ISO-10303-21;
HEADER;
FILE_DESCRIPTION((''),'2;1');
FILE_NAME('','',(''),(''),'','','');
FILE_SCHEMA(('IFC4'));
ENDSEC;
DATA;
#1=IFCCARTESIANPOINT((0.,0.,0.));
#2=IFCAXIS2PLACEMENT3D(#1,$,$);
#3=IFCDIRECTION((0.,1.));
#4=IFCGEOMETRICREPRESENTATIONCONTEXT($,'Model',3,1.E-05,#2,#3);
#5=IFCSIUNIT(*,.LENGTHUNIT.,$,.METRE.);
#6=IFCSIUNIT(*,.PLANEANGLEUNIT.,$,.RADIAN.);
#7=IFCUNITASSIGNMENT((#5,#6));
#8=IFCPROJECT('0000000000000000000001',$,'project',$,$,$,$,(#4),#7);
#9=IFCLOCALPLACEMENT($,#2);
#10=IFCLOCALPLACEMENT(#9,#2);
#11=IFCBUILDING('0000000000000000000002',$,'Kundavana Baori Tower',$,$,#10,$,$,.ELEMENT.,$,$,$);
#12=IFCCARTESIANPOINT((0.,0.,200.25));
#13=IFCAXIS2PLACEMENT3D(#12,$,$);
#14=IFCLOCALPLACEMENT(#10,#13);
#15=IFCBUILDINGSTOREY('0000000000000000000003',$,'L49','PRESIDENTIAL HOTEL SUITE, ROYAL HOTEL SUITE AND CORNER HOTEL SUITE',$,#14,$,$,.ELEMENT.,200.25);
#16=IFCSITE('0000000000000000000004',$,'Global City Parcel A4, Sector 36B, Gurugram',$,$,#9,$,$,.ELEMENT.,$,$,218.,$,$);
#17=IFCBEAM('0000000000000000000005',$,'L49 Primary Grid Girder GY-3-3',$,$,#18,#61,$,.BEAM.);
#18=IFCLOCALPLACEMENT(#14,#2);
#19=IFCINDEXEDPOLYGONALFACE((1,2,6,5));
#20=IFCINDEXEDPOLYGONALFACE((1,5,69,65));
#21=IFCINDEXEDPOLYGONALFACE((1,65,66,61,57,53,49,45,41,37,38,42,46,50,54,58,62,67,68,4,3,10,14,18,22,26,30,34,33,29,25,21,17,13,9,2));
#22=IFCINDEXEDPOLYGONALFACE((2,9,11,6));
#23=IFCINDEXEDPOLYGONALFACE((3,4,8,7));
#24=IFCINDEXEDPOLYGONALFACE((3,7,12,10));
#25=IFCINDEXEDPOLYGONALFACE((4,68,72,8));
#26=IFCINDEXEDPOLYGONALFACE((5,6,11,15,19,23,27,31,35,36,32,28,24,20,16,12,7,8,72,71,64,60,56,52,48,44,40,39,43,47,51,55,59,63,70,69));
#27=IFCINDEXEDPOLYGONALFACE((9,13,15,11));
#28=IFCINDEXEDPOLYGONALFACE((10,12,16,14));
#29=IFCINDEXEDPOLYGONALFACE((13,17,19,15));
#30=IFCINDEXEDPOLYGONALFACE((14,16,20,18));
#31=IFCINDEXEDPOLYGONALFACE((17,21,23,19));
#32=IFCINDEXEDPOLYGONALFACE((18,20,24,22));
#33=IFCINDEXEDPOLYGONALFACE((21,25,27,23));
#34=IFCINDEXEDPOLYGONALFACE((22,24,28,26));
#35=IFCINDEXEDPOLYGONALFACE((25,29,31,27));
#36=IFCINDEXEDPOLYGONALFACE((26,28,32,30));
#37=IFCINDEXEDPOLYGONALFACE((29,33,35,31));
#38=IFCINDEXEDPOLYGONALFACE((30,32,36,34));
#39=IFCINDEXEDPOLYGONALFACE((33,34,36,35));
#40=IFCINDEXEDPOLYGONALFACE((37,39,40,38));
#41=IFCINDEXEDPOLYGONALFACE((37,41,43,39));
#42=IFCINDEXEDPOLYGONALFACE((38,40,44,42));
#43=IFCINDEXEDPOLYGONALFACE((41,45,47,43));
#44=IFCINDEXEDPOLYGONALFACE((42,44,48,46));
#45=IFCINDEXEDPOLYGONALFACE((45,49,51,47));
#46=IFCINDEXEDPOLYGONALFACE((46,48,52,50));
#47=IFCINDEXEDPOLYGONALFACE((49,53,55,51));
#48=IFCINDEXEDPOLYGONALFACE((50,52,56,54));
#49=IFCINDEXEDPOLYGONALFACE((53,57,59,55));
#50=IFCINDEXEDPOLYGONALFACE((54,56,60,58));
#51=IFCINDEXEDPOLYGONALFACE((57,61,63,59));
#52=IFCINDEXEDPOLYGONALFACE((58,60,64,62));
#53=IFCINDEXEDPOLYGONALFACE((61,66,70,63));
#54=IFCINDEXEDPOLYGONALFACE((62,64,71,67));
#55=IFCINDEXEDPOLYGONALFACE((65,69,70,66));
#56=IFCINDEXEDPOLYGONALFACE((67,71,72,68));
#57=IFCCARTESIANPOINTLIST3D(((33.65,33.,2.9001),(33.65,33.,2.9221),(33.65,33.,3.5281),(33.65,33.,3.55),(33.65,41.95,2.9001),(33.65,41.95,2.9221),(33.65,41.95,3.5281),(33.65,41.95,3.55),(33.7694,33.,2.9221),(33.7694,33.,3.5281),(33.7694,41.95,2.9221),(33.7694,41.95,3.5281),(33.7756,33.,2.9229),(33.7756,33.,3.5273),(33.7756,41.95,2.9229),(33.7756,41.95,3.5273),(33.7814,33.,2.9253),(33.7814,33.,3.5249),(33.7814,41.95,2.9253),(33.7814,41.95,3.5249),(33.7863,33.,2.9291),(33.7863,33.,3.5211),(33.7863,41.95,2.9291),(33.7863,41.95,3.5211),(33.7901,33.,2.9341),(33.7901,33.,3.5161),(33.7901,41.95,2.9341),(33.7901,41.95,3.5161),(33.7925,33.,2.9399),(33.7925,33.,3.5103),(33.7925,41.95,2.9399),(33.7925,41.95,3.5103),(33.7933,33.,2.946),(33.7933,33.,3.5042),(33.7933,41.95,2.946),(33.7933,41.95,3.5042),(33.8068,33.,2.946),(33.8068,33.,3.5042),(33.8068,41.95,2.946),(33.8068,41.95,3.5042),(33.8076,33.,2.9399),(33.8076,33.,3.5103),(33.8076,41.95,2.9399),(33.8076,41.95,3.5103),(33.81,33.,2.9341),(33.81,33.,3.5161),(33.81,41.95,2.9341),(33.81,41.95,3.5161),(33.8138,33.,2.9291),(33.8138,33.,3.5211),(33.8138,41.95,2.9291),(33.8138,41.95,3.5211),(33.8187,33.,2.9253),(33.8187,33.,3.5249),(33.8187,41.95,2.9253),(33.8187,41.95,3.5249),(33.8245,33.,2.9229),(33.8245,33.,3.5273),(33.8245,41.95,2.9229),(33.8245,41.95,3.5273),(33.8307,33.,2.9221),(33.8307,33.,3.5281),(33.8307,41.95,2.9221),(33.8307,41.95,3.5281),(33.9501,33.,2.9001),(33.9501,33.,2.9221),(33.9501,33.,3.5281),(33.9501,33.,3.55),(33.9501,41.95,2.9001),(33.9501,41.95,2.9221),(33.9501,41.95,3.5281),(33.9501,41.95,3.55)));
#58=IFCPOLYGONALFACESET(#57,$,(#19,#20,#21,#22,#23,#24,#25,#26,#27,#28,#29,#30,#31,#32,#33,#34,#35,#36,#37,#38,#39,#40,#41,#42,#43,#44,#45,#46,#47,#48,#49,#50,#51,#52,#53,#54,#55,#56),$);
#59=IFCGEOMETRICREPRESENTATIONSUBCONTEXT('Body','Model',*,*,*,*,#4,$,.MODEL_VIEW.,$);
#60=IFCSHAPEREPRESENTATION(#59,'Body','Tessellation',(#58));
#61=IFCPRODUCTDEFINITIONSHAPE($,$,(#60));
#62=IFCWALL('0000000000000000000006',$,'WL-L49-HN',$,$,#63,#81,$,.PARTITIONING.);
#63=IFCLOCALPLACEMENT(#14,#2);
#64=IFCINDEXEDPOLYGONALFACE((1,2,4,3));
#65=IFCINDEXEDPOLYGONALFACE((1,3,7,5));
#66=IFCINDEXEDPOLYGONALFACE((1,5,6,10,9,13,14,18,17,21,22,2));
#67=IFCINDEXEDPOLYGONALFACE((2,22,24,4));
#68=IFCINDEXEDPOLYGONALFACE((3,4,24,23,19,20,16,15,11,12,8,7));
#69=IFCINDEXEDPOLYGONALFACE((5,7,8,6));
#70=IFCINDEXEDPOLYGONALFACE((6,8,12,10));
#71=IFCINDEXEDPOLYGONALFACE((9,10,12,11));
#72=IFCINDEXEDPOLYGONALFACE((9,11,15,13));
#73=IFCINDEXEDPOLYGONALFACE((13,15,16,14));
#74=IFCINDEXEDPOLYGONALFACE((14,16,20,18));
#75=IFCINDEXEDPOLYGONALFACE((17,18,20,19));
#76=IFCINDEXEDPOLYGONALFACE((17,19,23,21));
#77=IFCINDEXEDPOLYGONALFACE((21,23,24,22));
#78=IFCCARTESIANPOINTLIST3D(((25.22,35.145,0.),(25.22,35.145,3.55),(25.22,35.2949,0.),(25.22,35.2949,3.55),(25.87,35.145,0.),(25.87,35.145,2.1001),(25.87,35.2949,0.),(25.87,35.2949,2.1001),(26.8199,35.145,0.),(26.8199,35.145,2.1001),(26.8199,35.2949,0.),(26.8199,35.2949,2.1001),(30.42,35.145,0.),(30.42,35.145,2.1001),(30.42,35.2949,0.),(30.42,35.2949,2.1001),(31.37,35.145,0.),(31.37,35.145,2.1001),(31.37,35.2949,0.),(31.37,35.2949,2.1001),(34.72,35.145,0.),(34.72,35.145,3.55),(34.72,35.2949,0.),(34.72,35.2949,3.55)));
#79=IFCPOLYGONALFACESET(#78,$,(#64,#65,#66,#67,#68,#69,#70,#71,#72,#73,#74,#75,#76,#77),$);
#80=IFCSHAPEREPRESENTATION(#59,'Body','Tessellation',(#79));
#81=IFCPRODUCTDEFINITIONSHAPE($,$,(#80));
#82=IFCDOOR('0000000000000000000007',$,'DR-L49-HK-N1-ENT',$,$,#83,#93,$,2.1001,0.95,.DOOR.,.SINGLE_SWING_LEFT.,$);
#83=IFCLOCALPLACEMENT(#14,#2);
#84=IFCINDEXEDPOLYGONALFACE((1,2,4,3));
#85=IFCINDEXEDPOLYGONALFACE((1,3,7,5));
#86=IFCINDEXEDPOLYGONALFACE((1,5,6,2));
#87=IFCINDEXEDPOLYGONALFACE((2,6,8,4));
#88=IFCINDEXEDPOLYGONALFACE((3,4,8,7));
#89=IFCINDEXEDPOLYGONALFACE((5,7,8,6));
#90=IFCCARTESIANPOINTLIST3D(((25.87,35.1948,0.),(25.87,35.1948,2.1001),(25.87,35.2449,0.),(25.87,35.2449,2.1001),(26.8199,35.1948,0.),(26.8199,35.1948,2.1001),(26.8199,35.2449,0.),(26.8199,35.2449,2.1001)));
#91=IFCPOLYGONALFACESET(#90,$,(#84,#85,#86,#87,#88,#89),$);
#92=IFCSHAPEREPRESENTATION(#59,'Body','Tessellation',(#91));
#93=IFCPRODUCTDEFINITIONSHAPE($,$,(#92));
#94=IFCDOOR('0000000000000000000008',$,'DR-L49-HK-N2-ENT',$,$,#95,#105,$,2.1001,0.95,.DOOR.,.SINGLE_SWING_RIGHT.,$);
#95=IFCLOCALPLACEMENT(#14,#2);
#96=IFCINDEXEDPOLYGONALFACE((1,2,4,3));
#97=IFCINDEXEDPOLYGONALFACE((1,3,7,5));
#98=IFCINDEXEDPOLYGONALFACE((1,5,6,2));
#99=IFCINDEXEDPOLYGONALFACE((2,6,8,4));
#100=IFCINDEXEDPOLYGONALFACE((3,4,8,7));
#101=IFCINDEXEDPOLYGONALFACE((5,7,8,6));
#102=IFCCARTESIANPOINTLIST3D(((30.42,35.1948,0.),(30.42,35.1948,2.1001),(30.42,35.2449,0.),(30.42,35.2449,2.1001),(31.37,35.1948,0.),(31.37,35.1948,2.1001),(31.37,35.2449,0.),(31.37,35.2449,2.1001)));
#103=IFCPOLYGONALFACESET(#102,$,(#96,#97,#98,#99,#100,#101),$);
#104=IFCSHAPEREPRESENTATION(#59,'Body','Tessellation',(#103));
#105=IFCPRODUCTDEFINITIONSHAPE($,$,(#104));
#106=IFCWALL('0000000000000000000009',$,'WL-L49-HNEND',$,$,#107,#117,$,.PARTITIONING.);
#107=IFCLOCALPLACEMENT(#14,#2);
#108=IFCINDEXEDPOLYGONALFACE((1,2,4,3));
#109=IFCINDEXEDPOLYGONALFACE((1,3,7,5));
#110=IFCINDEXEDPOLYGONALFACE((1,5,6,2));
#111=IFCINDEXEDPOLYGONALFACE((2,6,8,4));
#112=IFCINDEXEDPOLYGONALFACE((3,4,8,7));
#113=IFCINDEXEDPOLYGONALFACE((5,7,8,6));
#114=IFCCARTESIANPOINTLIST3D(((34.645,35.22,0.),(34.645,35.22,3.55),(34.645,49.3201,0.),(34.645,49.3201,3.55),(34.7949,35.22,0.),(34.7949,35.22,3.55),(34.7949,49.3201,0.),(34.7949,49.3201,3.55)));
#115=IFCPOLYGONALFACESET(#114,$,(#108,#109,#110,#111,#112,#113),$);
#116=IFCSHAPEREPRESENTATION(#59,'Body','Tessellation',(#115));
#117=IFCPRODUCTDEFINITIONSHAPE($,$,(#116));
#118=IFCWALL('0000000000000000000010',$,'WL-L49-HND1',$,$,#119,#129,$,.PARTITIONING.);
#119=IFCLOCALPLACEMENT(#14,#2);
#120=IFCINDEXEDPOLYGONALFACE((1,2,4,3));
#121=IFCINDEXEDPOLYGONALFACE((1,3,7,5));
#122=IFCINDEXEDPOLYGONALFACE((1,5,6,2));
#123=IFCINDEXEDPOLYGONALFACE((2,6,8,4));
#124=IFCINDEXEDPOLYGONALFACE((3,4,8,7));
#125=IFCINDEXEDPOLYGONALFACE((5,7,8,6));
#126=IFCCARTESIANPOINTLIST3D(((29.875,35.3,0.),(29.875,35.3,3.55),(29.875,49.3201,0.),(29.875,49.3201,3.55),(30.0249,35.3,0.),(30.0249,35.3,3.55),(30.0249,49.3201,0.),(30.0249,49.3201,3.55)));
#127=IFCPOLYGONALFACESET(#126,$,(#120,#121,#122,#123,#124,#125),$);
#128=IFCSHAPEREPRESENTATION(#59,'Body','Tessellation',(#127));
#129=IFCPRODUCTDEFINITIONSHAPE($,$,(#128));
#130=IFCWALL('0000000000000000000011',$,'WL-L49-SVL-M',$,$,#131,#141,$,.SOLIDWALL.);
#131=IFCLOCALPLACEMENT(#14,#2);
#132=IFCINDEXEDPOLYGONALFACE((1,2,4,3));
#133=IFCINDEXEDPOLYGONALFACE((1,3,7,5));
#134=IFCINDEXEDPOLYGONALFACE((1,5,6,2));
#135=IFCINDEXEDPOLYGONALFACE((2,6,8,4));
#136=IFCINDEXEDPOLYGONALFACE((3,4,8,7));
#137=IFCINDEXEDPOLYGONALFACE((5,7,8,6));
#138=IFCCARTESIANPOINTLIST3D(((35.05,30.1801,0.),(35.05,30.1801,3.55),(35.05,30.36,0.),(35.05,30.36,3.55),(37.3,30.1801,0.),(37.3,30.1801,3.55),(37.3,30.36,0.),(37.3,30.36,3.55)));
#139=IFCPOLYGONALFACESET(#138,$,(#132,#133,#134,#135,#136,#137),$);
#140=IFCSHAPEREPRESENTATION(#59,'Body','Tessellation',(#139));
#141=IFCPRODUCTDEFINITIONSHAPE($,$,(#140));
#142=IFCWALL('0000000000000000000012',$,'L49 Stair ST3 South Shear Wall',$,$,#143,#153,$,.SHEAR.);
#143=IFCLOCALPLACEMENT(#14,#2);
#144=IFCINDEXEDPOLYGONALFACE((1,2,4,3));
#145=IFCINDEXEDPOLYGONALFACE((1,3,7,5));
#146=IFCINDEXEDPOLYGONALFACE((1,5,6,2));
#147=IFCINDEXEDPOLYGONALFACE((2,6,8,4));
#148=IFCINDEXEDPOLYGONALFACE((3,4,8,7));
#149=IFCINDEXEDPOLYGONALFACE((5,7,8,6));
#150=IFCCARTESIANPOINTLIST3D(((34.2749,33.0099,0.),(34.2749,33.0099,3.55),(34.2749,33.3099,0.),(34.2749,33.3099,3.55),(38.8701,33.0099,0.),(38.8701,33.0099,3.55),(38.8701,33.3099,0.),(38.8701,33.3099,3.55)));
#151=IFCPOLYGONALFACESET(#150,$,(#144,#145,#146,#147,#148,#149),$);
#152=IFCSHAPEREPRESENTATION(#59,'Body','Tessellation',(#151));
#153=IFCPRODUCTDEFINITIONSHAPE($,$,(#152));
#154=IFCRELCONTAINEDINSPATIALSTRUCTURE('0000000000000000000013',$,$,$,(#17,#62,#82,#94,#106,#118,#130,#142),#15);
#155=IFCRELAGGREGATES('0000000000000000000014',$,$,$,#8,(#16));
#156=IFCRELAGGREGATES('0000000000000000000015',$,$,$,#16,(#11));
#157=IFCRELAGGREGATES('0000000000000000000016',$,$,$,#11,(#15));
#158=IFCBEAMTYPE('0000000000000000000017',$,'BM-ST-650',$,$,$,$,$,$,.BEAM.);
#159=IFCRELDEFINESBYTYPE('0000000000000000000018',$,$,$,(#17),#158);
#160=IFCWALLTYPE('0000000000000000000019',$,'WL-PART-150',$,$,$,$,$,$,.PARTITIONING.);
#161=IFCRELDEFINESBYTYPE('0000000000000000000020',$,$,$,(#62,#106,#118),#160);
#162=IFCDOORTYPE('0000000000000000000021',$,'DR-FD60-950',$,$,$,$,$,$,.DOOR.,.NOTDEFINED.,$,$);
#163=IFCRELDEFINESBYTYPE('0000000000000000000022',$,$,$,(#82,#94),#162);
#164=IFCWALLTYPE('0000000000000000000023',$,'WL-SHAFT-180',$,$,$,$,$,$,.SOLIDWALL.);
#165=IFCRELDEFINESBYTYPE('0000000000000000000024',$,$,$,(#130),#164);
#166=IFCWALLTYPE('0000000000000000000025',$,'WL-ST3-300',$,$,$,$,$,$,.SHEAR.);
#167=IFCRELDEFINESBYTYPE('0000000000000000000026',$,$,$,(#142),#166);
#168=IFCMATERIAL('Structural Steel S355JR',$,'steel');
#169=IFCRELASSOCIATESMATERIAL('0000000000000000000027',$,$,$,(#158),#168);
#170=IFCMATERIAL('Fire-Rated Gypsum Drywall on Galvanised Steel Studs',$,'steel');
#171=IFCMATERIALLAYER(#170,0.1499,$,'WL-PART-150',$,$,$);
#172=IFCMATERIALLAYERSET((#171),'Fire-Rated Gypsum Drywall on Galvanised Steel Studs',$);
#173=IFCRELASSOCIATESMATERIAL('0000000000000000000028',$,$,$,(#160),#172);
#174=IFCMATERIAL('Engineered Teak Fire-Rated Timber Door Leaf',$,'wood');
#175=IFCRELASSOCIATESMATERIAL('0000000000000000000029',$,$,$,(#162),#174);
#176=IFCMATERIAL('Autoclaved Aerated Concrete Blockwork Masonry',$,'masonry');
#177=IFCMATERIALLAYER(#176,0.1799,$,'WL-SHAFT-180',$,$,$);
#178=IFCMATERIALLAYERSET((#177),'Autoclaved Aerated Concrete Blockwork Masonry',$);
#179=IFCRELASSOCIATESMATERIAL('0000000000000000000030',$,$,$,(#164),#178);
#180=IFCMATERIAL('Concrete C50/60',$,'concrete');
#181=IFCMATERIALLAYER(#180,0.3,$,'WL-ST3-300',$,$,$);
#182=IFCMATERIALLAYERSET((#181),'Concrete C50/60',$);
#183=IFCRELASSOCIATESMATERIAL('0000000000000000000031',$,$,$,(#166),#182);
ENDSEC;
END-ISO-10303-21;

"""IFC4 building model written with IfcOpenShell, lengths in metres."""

from ifc_helpers import new_model, si_unit, direction, frame, frame_2d, origin, origin_2d, place, context, subcontext, project, spatial, rectangle, i_section, extrude, material, layer, layer_set, material_profile, profile_set, type_object, element, fill, save


model = new_model("IFC4")

# Units and contexts
model_context = context("Model", 3, precision=1e-05, world=origin(), true_north=direction((0.0, 1.0)))
body_context = subcontext(model_context, "Body", "Model", "MODEL_VIEW")
ifc_project = project(units=[si_unit("LENGTHUNIT", "METRE"), si_unit("PLANEANGLEUNIT", "RADIAN")], contexts=[model_context])

# Site, building, storey
site_placement = place(None, origin())
site = spatial("IfcSite", under=ifc_project, at=site_placement, Name="Global City Parcel A4, Sector 36B, Gurugram", CompositionType="ELEMENT", RefElevation=218.0)
building_placement = place(site_placement, origin())
building = spatial("IfcBuilding", under=site, at=building_placement, Name="Kundavana Baori Tower", CompositionType="ELEMENT")
storey_placement = place(building_placement, frame((0.0, 0.0, 200.25)))
storey = spatial("IfcBuildingStorey", under=building, at=storey_placement, Name="L49", Description="PRESIDENTIAL HOTEL SUITE, ROYAL HOTEL SUITE AND CORNER HOTEL SUITE", CompositionType="ELEMENT", Elevation=200.25)

# Beam
ifc_material_1 = material(Name="Structural Steel S355JR", Category="steel")
ifc_material_profile_1 = material_profile(ifc_material_1, i_section(OverallWidth=0.3, OverallDepth=0.6499, WebThickness=0.0134, FlangeThickness=0.022, FilletRadius=0.0239, at=origin_2d()), Name="NPB 650x300x155")
ifc_profile_set_1 = profile_set([ifc_material_profile_1], Name="Structural Steel S355JR")
beam_type_1 = type_object("IfcBeamType", Name="BM-ST-650", PredefinedType="BEAM", material=ifc_profile_set_1)
beam_1_placement = place(storey_placement, frame((33.8, 33.0, 3.2251), z_axis=(0.0, 1.0, 0.0), x_axis=(-1.0, 0.0, 0.0)))
element("IfcBeam", 1, at=beam_1_placement, inside=storey, type_object=beam_type_1, Name="L49 Primary Grid Girder GY-3-3", PredefinedType="BEAM", context=body_context, shape_type="SweptSolid", body=[
    extrude(i_section(OverallWidth=0.3, OverallDepth=0.6499, WebThickness=0.0134, FlangeThickness=0.022, FilletRadius=0.0239, at=origin_2d()), origin(), (0.0, 0.0, 1.0), 8.95),
])

# Wall, openings, doors
ifc_material_2 = material(Name="Fire-Rated Gypsum Drywall on Galvanised Steel Studs", Category="steel")
ifc_layer_1 = layer(ifc_material_2, 0.1499, Name="WL-PART-150")
ifc_layer_set_1 = layer_set([ifc_layer_1], Name="Fire-Rated Gypsum Drywall on Galvanised Steel Studs")
wall_type_1 = type_object("IfcWallType", Name="WL-PART-150", PredefinedType="PARTITIONING", material=ifc_layer_set_1)
wall_1_placement = place(storey_placement, frame((25.22, 35.22, 0.0), z_axis=(0.0, 0.0, 1.0), x_axis=(1.0, 0.0, 0.0)))
wall_1 = element("IfcWall", 2, at=wall_1_placement, inside=storey, type_object=wall_type_1, Name="WL-L49-HN", PredefinedType="PARTITIONING", context=body_context, shape_type="SweptSolid", body=[
    extrude(rectangle(XDim=9.5, YDim=0.1499, at=frame_2d((4.75, 0.0))), origin(), (0.0, 0.0, 1.0), 3.55),
])
opening_1_placement = place(wall_1_placement, frame((0.6499, 0.0, 0.0)))
opening_1 = element("IfcOpeningElement", 3, at=opening_1_placement, cuts=wall_1, PredefinedType="OPENING", context=body_context, shape_type="SweptSolid", body=[
    extrude(rectangle(XDim=0.95, YDim=2.1001, at=frame_2d((0.4751, 1.05))), frame((0.0, 0.085, 0.0), z_axis=(0.0, -1.0, 0.0), x_axis=(1.0, 0.0, 0.0)), (0.0, 0.0, 1.0), 0.1699),
])
opening_2_placement = place(wall_1_placement, frame((5.2, 0.0, 0.0)))
opening_2 = element("IfcOpeningElement", 4, at=opening_2_placement, cuts=wall_1, PredefinedType="OPENING", context=body_context, shape_type="SweptSolid", body=[
    extrude(rectangle(XDim=0.95, YDim=2.1001, at=frame_2d((0.4751, 1.05))), frame((0.0, 0.085, 0.0), z_axis=(0.0, -1.0, 0.0), x_axis=(1.0, 0.0, 0.0)), (0.0, 0.0, 1.0), 0.1699),
])
ifc_material_3 = material(Name="Engineered Teak Fire-Rated Timber Door Leaf", Category="wood")
door_type_1 = type_object("IfcDoorType", Name="DR-FD60-950", OperationType="NOTDEFINED", PredefinedType="DOOR", material=ifc_material_3)
door_1_placement = place(opening_1_placement, origin())
door_1 = element("IfcDoor", 5, at=door_1_placement, inside=storey, type_object=door_type_1, Name="DR-L49-HK-N1-ENT", OperationType="SINGLE_SWING_LEFT", OverallHeight=2.1001, OverallWidth=0.95, PredefinedType="DOOR", context=body_context, shape_type="SweptSolid", body=[
    extrude(rectangle(XDim=0.95, YDim=2.1001, at=frame_2d((0.4751, 1.05))), frame((0.0, 0.0249, 0.0), z_axis=(0.0, -1.0, 0.0), x_axis=(1.0, 0.0, 0.0)), (0.0, 0.0, 1.0), 0.05),
])
fill(opening_1, door_1)
door_2_placement = place(opening_2_placement, origin())
door_2 = element("IfcDoor", 6, at=door_2_placement, inside=storey, type_object=door_type_1, Name="DR-L49-HK-N2-ENT", OperationType="SINGLE_SWING_RIGHT", OverallHeight=2.1001, OverallWidth=0.95, PredefinedType="DOOR", context=body_context, shape_type="SweptSolid", body=[
    extrude(rectangle(XDim=0.95, YDim=2.1001, at=frame_2d((0.4751, 1.05))), frame((0.0, 0.0249, 0.0), z_axis=(0.0, -1.0, 0.0), x_axis=(1.0, 0.0, 0.0)), (0.0, 0.0, 1.0), 0.05),
])
fill(opening_2, door_2)

# Walls
wall_2_placement = place(storey_placement, frame((34.72, 35.22, 0.0), z_axis=(0.0, 0.0, 1.0), x_axis=(0.0, 1.0, 0.0)))
element("IfcWall", 7, at=wall_2_placement, inside=storey, type_object=wall_type_1, Name="WL-L49-HNEND", PredefinedType="PARTITIONING", context=body_context, shape_type="SweptSolid", body=[
    extrude(rectangle(XDim=14.1001, YDim=0.1499, at=frame_2d((7.05, 0.0))), origin(), (0.0, 0.0, 1.0), 3.55),
])
wall_3_placement = place(storey_placement, frame((29.95, 35.3, 0.0), z_axis=(0.0, 0.0, 1.0), x_axis=(0.0, 1.0, 0.0)))
element("IfcWall", 8, at=wall_3_placement, inside=storey, type_object=wall_type_1, Name="WL-L49-HND1", PredefinedType="PARTITIONING", context=body_context, shape_type="SweptSolid", body=[
    extrude(rectangle(XDim=14.02, YDim=0.1499, at=frame_2d((7.01, 0.0))), origin(), (0.0, 0.0, 1.0), 3.55),
])
ifc_material_4 = material(Name="Autoclaved Aerated Concrete Blockwork Masonry", Category="masonry")
ifc_layer_2 = layer(ifc_material_4, 0.1799, Name="WL-SHAFT-180")
ifc_layer_set_2 = layer_set([ifc_layer_2], Name="Autoclaved Aerated Concrete Blockwork Masonry")
wall_type_2 = type_object("IfcWallType", Name="WL-SHAFT-180", PredefinedType="SOLIDWALL", material=ifc_layer_set_2)
wall_4_placement = place(storey_placement, frame((35.05, 30.27, 0.0), z_axis=(0.0, 0.0, 1.0), x_axis=(1.0, 0.0, 0.0)))
element("IfcWall", 9, at=wall_4_placement, inside=storey, type_object=wall_type_2, Name="WL-L49-SVL-M", PredefinedType="SOLIDWALL", context=body_context, shape_type="SweptSolid", body=[
    extrude(rectangle(XDim=2.25, YDim=0.1799, at=frame_2d((1.125, 0.0))), origin(), (0.0, 0.0, 1.0), 3.55),
])
ifc_material_5 = material(Name="Concrete C50/60", Category="concrete")
ifc_layer_3 = layer(ifc_material_5, 0.3, Name="WL-ST3-300")
ifc_layer_set_3 = layer_set([ifc_layer_3], Name="Concrete C50/60")
wall_type_3 = type_object("IfcWallType", Name="WL-ST3-300", PredefinedType="SHEAR", material=ifc_layer_set_3)
wall_5_placement = place(storey_placement, frame((34.2749, 33.1599, 0.0), z_axis=(0.0, 0.0, 1.0), x_axis=(1.0, 0.0, 0.0)))
element("IfcWall", 10, at=wall_5_placement, inside=storey, type_object=wall_type_3, Name="L49 Stair ST3 South Shear Wall", PredefinedType="SHEAR", context=body_context, shape_type="SweptSolid", body=[
    extrude(rectangle(XDim=4.5952, YDim=0.3, at=frame_2d((2.2976, 0.0))), origin(), (0.0, 0.0, 1.0), 3.55),
])

save(model, "model.ifc")
